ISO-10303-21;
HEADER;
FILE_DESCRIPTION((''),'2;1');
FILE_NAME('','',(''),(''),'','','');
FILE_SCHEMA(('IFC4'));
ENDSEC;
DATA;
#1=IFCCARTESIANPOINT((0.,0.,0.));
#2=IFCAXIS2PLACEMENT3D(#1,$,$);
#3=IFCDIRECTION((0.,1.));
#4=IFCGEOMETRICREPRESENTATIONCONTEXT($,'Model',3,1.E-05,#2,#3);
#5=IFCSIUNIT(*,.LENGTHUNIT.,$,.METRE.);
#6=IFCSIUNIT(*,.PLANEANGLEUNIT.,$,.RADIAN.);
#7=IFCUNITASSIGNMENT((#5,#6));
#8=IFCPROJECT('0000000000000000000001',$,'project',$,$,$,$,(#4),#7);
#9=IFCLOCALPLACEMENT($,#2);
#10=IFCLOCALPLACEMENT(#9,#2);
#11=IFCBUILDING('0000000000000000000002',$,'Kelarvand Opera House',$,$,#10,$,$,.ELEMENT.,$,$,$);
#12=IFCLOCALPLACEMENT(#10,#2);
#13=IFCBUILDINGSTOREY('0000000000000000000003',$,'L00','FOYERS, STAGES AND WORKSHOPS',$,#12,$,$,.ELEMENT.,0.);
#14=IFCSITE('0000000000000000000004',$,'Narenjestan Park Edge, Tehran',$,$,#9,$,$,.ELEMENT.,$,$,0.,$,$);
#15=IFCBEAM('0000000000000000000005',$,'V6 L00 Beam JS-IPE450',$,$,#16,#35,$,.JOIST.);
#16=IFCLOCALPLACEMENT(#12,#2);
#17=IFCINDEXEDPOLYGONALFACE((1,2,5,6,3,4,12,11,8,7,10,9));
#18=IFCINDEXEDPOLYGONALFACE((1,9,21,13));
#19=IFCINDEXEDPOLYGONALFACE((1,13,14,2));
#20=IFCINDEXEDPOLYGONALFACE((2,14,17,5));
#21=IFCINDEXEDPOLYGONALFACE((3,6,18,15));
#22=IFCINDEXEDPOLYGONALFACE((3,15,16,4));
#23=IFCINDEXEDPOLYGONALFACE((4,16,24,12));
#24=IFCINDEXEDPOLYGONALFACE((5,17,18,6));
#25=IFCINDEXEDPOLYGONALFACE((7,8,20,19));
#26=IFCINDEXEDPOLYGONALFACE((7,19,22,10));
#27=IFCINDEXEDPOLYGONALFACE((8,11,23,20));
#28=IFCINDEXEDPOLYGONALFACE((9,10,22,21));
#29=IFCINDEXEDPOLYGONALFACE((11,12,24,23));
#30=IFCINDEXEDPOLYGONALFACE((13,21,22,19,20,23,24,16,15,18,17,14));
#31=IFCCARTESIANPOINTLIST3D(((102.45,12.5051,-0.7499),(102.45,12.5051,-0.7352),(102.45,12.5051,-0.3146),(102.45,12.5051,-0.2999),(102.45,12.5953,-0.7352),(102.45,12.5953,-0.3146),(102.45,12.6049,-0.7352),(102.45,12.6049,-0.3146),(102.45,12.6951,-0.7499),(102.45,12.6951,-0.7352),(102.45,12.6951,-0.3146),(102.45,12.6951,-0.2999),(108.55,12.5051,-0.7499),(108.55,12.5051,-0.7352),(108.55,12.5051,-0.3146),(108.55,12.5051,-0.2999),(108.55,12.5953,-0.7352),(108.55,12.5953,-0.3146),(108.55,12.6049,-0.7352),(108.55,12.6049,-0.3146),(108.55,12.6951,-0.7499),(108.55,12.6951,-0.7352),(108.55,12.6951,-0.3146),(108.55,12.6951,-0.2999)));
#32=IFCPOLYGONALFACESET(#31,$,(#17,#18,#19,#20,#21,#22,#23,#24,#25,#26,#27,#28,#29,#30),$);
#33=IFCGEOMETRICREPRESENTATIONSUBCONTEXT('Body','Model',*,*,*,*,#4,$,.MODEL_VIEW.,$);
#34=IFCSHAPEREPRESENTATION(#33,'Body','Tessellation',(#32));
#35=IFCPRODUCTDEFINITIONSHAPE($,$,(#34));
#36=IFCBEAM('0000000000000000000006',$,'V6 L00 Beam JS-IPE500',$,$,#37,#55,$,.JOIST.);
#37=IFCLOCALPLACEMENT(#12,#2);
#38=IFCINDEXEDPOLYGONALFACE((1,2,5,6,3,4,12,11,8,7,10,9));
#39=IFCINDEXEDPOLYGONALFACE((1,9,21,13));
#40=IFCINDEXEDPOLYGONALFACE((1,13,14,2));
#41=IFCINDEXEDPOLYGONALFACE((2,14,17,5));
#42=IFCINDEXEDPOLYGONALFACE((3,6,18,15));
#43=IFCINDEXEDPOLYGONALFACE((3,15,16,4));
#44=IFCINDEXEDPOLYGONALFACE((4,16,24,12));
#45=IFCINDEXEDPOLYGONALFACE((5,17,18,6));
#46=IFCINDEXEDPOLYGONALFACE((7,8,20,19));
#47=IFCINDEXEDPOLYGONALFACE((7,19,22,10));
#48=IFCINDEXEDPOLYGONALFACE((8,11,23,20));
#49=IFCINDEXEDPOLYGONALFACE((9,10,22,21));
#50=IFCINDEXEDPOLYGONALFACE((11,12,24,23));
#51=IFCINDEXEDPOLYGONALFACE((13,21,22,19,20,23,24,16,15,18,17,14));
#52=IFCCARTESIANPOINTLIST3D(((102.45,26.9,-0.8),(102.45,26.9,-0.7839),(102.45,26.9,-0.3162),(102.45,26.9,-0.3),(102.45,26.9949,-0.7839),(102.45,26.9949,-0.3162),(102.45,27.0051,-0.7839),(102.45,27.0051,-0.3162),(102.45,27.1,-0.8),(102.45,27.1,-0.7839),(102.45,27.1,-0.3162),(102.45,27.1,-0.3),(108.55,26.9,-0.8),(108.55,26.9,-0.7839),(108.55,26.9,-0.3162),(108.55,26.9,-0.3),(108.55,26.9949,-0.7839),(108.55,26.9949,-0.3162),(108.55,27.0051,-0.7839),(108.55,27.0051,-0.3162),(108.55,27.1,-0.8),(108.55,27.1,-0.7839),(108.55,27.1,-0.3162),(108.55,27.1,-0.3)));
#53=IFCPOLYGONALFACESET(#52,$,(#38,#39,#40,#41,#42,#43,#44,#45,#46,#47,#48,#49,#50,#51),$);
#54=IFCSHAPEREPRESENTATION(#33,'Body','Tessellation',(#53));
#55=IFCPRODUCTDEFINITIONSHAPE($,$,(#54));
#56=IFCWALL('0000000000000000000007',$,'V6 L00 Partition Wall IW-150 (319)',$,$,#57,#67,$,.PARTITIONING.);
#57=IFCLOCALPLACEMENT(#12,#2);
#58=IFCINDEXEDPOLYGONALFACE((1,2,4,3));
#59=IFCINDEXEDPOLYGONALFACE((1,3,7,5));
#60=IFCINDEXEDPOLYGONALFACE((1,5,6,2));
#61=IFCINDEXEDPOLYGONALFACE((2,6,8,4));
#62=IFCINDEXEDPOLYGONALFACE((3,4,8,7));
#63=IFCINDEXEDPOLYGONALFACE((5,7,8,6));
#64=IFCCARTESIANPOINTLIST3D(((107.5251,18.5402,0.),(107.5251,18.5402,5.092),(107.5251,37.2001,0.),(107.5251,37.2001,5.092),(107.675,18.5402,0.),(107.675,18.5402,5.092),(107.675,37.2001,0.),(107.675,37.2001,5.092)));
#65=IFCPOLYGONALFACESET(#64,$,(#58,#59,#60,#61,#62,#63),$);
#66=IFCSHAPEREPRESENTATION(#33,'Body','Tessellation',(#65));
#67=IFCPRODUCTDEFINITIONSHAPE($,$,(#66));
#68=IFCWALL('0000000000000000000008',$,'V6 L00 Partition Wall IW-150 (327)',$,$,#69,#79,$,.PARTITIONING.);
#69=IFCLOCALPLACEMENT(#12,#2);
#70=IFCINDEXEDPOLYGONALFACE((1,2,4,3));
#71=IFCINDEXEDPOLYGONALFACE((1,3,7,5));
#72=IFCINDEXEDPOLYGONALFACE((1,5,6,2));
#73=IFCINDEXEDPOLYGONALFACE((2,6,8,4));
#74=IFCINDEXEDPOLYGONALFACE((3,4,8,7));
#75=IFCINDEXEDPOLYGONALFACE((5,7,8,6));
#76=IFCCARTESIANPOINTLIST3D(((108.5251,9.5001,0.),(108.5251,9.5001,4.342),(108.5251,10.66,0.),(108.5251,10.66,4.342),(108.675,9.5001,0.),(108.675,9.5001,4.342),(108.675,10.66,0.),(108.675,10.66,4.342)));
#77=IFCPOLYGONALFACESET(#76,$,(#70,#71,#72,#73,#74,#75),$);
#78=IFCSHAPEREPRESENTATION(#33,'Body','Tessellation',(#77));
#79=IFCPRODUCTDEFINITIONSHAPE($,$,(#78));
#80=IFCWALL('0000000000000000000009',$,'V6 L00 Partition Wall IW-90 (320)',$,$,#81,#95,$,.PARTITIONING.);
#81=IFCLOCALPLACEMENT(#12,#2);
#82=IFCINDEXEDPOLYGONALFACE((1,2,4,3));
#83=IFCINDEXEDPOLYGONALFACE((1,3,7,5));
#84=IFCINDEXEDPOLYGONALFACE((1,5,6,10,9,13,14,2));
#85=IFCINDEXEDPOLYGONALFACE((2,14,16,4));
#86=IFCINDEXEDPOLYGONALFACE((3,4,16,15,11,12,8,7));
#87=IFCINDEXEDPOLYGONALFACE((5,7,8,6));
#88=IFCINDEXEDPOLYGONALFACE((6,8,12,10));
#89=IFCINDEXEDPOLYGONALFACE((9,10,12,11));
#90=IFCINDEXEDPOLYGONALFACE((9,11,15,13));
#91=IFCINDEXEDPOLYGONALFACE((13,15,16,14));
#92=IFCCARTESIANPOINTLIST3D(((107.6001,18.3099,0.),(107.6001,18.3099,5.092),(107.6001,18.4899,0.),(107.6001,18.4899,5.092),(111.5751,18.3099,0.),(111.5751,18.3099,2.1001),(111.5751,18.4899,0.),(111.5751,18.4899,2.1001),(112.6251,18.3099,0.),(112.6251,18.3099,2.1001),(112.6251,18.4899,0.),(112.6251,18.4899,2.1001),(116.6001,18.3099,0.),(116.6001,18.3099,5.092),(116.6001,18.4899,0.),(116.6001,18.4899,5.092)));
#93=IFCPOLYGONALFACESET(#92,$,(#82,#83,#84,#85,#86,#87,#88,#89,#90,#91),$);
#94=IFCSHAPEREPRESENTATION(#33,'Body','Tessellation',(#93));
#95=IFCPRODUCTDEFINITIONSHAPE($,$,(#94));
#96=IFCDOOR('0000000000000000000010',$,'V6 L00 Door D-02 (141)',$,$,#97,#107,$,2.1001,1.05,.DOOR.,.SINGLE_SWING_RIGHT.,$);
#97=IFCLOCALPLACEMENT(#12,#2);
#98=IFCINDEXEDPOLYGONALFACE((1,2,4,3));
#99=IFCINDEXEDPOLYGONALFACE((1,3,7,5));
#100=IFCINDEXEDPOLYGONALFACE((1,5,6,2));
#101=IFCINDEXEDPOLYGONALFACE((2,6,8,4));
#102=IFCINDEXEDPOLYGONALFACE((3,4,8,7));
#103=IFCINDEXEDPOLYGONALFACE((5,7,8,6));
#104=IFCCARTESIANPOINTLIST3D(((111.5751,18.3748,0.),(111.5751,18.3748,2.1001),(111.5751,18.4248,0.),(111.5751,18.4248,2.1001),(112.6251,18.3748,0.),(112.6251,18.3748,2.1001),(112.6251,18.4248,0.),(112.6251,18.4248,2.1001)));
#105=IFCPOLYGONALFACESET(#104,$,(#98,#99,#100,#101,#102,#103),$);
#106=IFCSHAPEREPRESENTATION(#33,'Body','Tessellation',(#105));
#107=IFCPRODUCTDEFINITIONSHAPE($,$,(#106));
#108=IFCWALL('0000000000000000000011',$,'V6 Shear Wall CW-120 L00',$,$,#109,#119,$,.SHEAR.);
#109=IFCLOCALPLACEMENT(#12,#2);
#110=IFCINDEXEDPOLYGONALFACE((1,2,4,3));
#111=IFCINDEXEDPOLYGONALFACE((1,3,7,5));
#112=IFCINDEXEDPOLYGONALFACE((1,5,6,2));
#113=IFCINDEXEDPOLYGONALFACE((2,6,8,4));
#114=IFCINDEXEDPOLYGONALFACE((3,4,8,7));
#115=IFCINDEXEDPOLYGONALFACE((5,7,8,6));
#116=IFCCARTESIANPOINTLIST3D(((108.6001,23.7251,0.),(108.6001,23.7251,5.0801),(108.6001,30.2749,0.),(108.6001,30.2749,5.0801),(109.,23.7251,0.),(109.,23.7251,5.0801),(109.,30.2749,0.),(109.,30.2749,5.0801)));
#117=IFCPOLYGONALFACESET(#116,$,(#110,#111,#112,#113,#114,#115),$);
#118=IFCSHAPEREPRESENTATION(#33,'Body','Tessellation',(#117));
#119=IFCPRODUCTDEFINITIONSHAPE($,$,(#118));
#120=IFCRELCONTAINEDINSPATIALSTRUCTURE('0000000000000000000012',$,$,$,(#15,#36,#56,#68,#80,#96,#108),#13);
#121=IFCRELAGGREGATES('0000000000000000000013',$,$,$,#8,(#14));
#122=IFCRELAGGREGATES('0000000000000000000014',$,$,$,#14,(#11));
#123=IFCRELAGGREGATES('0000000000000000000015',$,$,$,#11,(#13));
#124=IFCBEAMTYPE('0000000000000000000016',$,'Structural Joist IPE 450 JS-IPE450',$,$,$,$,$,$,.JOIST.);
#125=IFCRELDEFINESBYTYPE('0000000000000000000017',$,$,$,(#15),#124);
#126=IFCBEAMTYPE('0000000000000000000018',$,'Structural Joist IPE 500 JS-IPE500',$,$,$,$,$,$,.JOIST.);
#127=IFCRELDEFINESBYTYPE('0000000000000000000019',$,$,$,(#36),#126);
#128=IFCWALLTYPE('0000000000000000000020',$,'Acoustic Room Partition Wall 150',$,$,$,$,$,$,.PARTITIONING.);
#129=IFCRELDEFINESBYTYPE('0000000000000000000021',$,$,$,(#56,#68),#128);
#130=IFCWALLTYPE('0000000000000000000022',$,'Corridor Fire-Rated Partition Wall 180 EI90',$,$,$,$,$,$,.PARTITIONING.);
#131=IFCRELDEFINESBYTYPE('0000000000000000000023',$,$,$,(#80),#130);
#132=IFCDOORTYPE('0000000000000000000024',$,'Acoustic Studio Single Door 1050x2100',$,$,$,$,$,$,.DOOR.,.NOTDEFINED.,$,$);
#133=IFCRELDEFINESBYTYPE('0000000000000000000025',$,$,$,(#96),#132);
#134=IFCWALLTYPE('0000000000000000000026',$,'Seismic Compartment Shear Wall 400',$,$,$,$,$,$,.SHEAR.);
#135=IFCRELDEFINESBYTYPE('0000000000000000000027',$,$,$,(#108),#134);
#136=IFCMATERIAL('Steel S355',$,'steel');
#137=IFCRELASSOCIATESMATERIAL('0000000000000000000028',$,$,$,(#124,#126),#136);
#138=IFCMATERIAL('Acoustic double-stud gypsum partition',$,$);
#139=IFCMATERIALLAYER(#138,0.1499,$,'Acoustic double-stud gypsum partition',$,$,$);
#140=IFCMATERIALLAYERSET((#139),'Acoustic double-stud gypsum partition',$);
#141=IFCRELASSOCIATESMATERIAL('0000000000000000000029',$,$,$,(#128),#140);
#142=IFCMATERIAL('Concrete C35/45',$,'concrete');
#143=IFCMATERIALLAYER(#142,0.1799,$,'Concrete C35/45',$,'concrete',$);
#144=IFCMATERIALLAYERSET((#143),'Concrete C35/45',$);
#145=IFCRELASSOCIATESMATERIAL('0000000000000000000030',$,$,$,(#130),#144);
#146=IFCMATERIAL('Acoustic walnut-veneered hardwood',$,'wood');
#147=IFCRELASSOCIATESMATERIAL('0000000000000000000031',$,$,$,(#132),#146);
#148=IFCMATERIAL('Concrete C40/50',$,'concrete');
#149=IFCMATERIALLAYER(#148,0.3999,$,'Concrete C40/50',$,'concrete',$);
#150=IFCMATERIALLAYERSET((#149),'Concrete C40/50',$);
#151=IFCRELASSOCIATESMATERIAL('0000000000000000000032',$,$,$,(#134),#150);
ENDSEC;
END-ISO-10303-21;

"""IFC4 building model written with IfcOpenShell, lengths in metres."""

from ifc_helpers import new_model, si_unit, direction, frame, frame_2d, origin, origin_2d, place, context, subcontext, project, spatial, rectangle, i_section, extrude, material, layer, layer_set, material_profile, profile_set, type_object, element, fill, save


model = new_model("IFC4")

# Units and contexts
model_context = context("Model", 3, precision=1e-05, world=origin(), true_north=direction((0.0, 1.0)))
body_context = subcontext(model_context, "Body", "Model", "MODEL_VIEW")
ifc_project = project(units=[si_unit("LENGTHUNIT", "METRE"), si_unit("PLANEANGLEUNIT", "RADIAN")], contexts=[model_context])

# Site, building, storey
site_placement = place(None, origin())
site = spatial("IfcSite", under=ifc_project, at=site_placement, Name="Narenjestan Park Edge, Tehran", CompositionType="ELEMENT", RefElevation=0.0)
building_placement = place(site_placement, origin())
building = spatial("IfcBuilding", under=site, at=building_placement, Name="Kelarvand Opera House", CompositionType="ELEMENT")
storey_placement = place(building_placement, origin())
storey = spatial("IfcBuildingStorey", under=building, at=storey_placement, Name="L00", Description="FOYERS, STAGES AND WORKSHOPS", CompositionType="ELEMENT", Elevation=0.0)

# Shared definitions
ifc_material_1 = material(Name="Concrete C40/50", Category="concrete")

# Beams
ifc_material_2 = material(Name="Steel S355", Category="steel")
ifc_material_profile_1 = material_profile(ifc_material_2, i_section(OverallWidth=0.1899, OverallDepth=0.45, WebThickness=0.0095, FlangeThickness=0.0146, at=origin_2d()), Name="IPE 450", Category="steel")
ifc_profile_set_1 = profile_set([ifc_material_profile_1], Name="Steel S355")
beam_type_1 = type_object("IfcBeamType", Name="Structural Joist IPE 450 JS-IPE450", PredefinedType="JOIST", material=ifc_profile_set_1)
beam_1_placement = place(storey_placement, frame((102.45, 12.6001, -0.5249), z_axis=(1.0, 0.0, 0.0), x_axis=(0.0, 1.0, 0.0)))
element("IfcBeam", 1, at=beam_1_placement, inside=storey, type_object=beam_type_1, Name="V6 L00 Beam JS-IPE450", PredefinedType="JOIST", context=body_context, shape_type="SweptSolid", body=[
    extrude(i_section(OverallWidth=0.1899, OverallDepth=0.45, WebThickness=0.0095, FlangeThickness=0.0146, at=origin_2d()), origin(), (0.0, 0.0, 1.0), 6.1001),
])
ifc_material_profile_2 = material_profile(ifc_material_2, i_section(OverallWidth=0.2, OverallDepth=0.5, WebThickness=0.0103, FlangeThickness=0.0161, at=origin_2d()), Name="IPE 500", Category="steel")
ifc_profile_set_2 = profile_set([ifc_material_profile_2], Name="Steel S355")
beam_type_2 = type_object("IfcBeamType", Name="Structural Joist IPE 500 JS-IPE500", PredefinedType="JOIST", material=ifc_profile_set_2)
beam_2_placement = place(storey_placement, frame((102.45, 27.0, -0.55), z_axis=(1.0, 0.0, 0.0), x_axis=(0.0, 1.0, 0.0)))
element("IfcBeam", 2, at=beam_2_placement, inside=storey, type_object=beam_type_2, Name="V6 L00 Beam JS-IPE500", PredefinedType="JOIST", context=body_context, shape_type="SweptSolid", body=[
    extrude(i_section(OverallWidth=0.2, OverallDepth=0.5, WebThickness=0.0103, FlangeThickness=0.0161, at=origin_2d()), origin(), (0.0, 0.0, 1.0), 6.1001),
])

# Walls
ifc_material_3 = material(Name="Acoustic double-stud gypsum partition")
ifc_layer_1 = layer(ifc_material_3, 0.1499, Name="Acoustic double-stud gypsum partition")
ifc_layer_set_1 = layer_set([ifc_layer_1], Name="Acoustic double-stud gypsum partition")
wall_type_1 = type_object("IfcWallType", Name="Acoustic Room Partition Wall 150", PredefinedType="PARTITIONING", material=ifc_layer_set_1)
wall_1_placement = place(storey_placement, frame((107.6001, 18.54, 0.0), z_axis=(0.0, 0.0, 1.0), x_axis=(0.0, 1.0, 0.0)))
element("IfcWall", 3, at=wall_1_placement, inside=storey, type_object=wall_type_1, Name="V6 L00 Partition Wall IW-150 (319)", PredefinedType="PARTITIONING", context=body_context, shape_type="SweptSolid", body=[
    extrude(rectangle(XDim=18.6599, YDim=0.1499, at=frame_2d((9.3301, 0.0))), origin(), (0.0, 0.0, 1.0), 5.092),
])
wall_2_placement = place(storey_placement, frame((108.6001, 9.5, 0.0), z_axis=(0.0, 0.0, 1.0), x_axis=(0.0, 1.0, 0.0)))
element("IfcWall", 4, at=wall_2_placement, inside=storey, type_object=wall_type_1, Name="V6 L00 Partition Wall IW-150 (327)", PredefinedType="PARTITIONING", context=body_context, shape_type="SweptSolid", body=[
    extrude(rectangle(XDim=1.1599, YDim=0.1499, at=frame_2d((0.5801, 0.0))), origin(), (0.0, 0.0, 1.0), 4.342),
])

# Wall, opening, door
ifc_material_4 = material(Name="Concrete C35/45", Category="concrete")
ifc_layer_2 = layer(ifc_material_4, 0.1799, Name="Concrete C35/45", Category="concrete")
ifc_layer_set_2 = layer_set([ifc_layer_2], Name="Concrete C35/45")
wall_type_2 = type_object("IfcWallType", Name="Corridor Fire-Rated Partition Wall 180 EI90", PredefinedType="PARTITIONING", material=ifc_layer_set_2)
wall_3_placement = place(storey_placement, frame((107.6001, 18.3999, 0.0), z_axis=(0.0, 0.0, 1.0), x_axis=(1.0, 0.0, 0.0)))
wall_3 = element("IfcWall", 5, at=wall_3_placement, inside=storey, type_object=wall_type_2, Name="V6 L00 Partition Wall IW-90 (320)", PredefinedType="PARTITIONING", context=body_context, shape_type="SweptSolid", body=[
    extrude(rectangle(XDim=9.0, YDim=0.1799, at=frame_2d((4.5, 0.0))), origin(), (0.0, 0.0, 1.0), 5.092),
])
opening_1_placement = place(wall_3_placement, frame((3.9751, 0.0, 0.0)))
opening_1 = element("IfcOpeningElement", 6, at=opening_1_placement, cuts=wall_3, PredefinedType="OPENING", context=body_context, shape_type="SweptSolid", body=[
    extrude(rectangle(XDim=1.05, YDim=2.1001, at=frame_2d((0.5249, 1.05))), frame((0.0, 0.1001, 0.0), z_axis=(0.0, -1.0, 0.0), x_axis=(1.0, 0.0, 0.0)), (0.0, 0.0, 1.0), 0.2),
])
ifc_material_5 = material(Name="Acoustic walnut-veneered hardwood", Category="wood")
door_type_1 = type_object("IfcDoorType", Name="Acoustic Studio Single Door 1050x2100", OperationType="NOTDEFINED", PredefinedType="DOOR", material=ifc_material_5)
door_1_placement = place(opening_1_placement, origin())
door_1 = element("IfcDoor", 7, at=door_1_placement, inside=storey, type_object=door_type_1, Name="V6 L00 Door D-02 (141)", OperationType="SINGLE_SWING_RIGHT", OverallHeight=2.1001, OverallWidth=1.05, PredefinedType="DOOR", context=body_context, shape_type="SweptSolid", body=[
    extrude(rectangle(XDim=1.05, YDim=2.1001, at=frame_2d((0.5249, 1.05))), frame((0.0, 0.0249, 0.0), z_axis=(0.0, -1.0, 0.0), x_axis=(1.0, 0.0, 0.0)), (0.0, 0.0, 1.0), 0.05),
])
fill(opening_1, door_1)

# Wall
ifc_layer_3 = layer(ifc_material_1, 0.3999, Name="Concrete C40/50", Category="concrete")
ifc_layer_set_3 = layer_set([ifc_layer_3], Name="Concrete C40/50")
wall_type_3 = type_object("IfcWallType", Name="Seismic Compartment Shear Wall 400", PredefinedType="SHEAR", material=ifc_layer_set_3)
wall_4_placement = place(storey_placement, frame((108.8, 23.7251, 0.0), z_axis=(0.0, 0.0, 1.0), x_axis=(0.0, 1.0, 0.0)))
element("IfcWall", 8, at=wall_4_placement, inside=storey, type_object=wall_type_3, Name="V6 Shear Wall CW-120 L00", PredefinedType="SHEAR", context=body_context, shape_type="SweptSolid", body=[
    extrude(rectangle(XDim=6.5498, YDim=0.3999, at=frame_2d((3.2749, 0.0))), origin(), (0.0, 0.0, 1.0), 5.0801),
])

save(model, "model.ifc")
